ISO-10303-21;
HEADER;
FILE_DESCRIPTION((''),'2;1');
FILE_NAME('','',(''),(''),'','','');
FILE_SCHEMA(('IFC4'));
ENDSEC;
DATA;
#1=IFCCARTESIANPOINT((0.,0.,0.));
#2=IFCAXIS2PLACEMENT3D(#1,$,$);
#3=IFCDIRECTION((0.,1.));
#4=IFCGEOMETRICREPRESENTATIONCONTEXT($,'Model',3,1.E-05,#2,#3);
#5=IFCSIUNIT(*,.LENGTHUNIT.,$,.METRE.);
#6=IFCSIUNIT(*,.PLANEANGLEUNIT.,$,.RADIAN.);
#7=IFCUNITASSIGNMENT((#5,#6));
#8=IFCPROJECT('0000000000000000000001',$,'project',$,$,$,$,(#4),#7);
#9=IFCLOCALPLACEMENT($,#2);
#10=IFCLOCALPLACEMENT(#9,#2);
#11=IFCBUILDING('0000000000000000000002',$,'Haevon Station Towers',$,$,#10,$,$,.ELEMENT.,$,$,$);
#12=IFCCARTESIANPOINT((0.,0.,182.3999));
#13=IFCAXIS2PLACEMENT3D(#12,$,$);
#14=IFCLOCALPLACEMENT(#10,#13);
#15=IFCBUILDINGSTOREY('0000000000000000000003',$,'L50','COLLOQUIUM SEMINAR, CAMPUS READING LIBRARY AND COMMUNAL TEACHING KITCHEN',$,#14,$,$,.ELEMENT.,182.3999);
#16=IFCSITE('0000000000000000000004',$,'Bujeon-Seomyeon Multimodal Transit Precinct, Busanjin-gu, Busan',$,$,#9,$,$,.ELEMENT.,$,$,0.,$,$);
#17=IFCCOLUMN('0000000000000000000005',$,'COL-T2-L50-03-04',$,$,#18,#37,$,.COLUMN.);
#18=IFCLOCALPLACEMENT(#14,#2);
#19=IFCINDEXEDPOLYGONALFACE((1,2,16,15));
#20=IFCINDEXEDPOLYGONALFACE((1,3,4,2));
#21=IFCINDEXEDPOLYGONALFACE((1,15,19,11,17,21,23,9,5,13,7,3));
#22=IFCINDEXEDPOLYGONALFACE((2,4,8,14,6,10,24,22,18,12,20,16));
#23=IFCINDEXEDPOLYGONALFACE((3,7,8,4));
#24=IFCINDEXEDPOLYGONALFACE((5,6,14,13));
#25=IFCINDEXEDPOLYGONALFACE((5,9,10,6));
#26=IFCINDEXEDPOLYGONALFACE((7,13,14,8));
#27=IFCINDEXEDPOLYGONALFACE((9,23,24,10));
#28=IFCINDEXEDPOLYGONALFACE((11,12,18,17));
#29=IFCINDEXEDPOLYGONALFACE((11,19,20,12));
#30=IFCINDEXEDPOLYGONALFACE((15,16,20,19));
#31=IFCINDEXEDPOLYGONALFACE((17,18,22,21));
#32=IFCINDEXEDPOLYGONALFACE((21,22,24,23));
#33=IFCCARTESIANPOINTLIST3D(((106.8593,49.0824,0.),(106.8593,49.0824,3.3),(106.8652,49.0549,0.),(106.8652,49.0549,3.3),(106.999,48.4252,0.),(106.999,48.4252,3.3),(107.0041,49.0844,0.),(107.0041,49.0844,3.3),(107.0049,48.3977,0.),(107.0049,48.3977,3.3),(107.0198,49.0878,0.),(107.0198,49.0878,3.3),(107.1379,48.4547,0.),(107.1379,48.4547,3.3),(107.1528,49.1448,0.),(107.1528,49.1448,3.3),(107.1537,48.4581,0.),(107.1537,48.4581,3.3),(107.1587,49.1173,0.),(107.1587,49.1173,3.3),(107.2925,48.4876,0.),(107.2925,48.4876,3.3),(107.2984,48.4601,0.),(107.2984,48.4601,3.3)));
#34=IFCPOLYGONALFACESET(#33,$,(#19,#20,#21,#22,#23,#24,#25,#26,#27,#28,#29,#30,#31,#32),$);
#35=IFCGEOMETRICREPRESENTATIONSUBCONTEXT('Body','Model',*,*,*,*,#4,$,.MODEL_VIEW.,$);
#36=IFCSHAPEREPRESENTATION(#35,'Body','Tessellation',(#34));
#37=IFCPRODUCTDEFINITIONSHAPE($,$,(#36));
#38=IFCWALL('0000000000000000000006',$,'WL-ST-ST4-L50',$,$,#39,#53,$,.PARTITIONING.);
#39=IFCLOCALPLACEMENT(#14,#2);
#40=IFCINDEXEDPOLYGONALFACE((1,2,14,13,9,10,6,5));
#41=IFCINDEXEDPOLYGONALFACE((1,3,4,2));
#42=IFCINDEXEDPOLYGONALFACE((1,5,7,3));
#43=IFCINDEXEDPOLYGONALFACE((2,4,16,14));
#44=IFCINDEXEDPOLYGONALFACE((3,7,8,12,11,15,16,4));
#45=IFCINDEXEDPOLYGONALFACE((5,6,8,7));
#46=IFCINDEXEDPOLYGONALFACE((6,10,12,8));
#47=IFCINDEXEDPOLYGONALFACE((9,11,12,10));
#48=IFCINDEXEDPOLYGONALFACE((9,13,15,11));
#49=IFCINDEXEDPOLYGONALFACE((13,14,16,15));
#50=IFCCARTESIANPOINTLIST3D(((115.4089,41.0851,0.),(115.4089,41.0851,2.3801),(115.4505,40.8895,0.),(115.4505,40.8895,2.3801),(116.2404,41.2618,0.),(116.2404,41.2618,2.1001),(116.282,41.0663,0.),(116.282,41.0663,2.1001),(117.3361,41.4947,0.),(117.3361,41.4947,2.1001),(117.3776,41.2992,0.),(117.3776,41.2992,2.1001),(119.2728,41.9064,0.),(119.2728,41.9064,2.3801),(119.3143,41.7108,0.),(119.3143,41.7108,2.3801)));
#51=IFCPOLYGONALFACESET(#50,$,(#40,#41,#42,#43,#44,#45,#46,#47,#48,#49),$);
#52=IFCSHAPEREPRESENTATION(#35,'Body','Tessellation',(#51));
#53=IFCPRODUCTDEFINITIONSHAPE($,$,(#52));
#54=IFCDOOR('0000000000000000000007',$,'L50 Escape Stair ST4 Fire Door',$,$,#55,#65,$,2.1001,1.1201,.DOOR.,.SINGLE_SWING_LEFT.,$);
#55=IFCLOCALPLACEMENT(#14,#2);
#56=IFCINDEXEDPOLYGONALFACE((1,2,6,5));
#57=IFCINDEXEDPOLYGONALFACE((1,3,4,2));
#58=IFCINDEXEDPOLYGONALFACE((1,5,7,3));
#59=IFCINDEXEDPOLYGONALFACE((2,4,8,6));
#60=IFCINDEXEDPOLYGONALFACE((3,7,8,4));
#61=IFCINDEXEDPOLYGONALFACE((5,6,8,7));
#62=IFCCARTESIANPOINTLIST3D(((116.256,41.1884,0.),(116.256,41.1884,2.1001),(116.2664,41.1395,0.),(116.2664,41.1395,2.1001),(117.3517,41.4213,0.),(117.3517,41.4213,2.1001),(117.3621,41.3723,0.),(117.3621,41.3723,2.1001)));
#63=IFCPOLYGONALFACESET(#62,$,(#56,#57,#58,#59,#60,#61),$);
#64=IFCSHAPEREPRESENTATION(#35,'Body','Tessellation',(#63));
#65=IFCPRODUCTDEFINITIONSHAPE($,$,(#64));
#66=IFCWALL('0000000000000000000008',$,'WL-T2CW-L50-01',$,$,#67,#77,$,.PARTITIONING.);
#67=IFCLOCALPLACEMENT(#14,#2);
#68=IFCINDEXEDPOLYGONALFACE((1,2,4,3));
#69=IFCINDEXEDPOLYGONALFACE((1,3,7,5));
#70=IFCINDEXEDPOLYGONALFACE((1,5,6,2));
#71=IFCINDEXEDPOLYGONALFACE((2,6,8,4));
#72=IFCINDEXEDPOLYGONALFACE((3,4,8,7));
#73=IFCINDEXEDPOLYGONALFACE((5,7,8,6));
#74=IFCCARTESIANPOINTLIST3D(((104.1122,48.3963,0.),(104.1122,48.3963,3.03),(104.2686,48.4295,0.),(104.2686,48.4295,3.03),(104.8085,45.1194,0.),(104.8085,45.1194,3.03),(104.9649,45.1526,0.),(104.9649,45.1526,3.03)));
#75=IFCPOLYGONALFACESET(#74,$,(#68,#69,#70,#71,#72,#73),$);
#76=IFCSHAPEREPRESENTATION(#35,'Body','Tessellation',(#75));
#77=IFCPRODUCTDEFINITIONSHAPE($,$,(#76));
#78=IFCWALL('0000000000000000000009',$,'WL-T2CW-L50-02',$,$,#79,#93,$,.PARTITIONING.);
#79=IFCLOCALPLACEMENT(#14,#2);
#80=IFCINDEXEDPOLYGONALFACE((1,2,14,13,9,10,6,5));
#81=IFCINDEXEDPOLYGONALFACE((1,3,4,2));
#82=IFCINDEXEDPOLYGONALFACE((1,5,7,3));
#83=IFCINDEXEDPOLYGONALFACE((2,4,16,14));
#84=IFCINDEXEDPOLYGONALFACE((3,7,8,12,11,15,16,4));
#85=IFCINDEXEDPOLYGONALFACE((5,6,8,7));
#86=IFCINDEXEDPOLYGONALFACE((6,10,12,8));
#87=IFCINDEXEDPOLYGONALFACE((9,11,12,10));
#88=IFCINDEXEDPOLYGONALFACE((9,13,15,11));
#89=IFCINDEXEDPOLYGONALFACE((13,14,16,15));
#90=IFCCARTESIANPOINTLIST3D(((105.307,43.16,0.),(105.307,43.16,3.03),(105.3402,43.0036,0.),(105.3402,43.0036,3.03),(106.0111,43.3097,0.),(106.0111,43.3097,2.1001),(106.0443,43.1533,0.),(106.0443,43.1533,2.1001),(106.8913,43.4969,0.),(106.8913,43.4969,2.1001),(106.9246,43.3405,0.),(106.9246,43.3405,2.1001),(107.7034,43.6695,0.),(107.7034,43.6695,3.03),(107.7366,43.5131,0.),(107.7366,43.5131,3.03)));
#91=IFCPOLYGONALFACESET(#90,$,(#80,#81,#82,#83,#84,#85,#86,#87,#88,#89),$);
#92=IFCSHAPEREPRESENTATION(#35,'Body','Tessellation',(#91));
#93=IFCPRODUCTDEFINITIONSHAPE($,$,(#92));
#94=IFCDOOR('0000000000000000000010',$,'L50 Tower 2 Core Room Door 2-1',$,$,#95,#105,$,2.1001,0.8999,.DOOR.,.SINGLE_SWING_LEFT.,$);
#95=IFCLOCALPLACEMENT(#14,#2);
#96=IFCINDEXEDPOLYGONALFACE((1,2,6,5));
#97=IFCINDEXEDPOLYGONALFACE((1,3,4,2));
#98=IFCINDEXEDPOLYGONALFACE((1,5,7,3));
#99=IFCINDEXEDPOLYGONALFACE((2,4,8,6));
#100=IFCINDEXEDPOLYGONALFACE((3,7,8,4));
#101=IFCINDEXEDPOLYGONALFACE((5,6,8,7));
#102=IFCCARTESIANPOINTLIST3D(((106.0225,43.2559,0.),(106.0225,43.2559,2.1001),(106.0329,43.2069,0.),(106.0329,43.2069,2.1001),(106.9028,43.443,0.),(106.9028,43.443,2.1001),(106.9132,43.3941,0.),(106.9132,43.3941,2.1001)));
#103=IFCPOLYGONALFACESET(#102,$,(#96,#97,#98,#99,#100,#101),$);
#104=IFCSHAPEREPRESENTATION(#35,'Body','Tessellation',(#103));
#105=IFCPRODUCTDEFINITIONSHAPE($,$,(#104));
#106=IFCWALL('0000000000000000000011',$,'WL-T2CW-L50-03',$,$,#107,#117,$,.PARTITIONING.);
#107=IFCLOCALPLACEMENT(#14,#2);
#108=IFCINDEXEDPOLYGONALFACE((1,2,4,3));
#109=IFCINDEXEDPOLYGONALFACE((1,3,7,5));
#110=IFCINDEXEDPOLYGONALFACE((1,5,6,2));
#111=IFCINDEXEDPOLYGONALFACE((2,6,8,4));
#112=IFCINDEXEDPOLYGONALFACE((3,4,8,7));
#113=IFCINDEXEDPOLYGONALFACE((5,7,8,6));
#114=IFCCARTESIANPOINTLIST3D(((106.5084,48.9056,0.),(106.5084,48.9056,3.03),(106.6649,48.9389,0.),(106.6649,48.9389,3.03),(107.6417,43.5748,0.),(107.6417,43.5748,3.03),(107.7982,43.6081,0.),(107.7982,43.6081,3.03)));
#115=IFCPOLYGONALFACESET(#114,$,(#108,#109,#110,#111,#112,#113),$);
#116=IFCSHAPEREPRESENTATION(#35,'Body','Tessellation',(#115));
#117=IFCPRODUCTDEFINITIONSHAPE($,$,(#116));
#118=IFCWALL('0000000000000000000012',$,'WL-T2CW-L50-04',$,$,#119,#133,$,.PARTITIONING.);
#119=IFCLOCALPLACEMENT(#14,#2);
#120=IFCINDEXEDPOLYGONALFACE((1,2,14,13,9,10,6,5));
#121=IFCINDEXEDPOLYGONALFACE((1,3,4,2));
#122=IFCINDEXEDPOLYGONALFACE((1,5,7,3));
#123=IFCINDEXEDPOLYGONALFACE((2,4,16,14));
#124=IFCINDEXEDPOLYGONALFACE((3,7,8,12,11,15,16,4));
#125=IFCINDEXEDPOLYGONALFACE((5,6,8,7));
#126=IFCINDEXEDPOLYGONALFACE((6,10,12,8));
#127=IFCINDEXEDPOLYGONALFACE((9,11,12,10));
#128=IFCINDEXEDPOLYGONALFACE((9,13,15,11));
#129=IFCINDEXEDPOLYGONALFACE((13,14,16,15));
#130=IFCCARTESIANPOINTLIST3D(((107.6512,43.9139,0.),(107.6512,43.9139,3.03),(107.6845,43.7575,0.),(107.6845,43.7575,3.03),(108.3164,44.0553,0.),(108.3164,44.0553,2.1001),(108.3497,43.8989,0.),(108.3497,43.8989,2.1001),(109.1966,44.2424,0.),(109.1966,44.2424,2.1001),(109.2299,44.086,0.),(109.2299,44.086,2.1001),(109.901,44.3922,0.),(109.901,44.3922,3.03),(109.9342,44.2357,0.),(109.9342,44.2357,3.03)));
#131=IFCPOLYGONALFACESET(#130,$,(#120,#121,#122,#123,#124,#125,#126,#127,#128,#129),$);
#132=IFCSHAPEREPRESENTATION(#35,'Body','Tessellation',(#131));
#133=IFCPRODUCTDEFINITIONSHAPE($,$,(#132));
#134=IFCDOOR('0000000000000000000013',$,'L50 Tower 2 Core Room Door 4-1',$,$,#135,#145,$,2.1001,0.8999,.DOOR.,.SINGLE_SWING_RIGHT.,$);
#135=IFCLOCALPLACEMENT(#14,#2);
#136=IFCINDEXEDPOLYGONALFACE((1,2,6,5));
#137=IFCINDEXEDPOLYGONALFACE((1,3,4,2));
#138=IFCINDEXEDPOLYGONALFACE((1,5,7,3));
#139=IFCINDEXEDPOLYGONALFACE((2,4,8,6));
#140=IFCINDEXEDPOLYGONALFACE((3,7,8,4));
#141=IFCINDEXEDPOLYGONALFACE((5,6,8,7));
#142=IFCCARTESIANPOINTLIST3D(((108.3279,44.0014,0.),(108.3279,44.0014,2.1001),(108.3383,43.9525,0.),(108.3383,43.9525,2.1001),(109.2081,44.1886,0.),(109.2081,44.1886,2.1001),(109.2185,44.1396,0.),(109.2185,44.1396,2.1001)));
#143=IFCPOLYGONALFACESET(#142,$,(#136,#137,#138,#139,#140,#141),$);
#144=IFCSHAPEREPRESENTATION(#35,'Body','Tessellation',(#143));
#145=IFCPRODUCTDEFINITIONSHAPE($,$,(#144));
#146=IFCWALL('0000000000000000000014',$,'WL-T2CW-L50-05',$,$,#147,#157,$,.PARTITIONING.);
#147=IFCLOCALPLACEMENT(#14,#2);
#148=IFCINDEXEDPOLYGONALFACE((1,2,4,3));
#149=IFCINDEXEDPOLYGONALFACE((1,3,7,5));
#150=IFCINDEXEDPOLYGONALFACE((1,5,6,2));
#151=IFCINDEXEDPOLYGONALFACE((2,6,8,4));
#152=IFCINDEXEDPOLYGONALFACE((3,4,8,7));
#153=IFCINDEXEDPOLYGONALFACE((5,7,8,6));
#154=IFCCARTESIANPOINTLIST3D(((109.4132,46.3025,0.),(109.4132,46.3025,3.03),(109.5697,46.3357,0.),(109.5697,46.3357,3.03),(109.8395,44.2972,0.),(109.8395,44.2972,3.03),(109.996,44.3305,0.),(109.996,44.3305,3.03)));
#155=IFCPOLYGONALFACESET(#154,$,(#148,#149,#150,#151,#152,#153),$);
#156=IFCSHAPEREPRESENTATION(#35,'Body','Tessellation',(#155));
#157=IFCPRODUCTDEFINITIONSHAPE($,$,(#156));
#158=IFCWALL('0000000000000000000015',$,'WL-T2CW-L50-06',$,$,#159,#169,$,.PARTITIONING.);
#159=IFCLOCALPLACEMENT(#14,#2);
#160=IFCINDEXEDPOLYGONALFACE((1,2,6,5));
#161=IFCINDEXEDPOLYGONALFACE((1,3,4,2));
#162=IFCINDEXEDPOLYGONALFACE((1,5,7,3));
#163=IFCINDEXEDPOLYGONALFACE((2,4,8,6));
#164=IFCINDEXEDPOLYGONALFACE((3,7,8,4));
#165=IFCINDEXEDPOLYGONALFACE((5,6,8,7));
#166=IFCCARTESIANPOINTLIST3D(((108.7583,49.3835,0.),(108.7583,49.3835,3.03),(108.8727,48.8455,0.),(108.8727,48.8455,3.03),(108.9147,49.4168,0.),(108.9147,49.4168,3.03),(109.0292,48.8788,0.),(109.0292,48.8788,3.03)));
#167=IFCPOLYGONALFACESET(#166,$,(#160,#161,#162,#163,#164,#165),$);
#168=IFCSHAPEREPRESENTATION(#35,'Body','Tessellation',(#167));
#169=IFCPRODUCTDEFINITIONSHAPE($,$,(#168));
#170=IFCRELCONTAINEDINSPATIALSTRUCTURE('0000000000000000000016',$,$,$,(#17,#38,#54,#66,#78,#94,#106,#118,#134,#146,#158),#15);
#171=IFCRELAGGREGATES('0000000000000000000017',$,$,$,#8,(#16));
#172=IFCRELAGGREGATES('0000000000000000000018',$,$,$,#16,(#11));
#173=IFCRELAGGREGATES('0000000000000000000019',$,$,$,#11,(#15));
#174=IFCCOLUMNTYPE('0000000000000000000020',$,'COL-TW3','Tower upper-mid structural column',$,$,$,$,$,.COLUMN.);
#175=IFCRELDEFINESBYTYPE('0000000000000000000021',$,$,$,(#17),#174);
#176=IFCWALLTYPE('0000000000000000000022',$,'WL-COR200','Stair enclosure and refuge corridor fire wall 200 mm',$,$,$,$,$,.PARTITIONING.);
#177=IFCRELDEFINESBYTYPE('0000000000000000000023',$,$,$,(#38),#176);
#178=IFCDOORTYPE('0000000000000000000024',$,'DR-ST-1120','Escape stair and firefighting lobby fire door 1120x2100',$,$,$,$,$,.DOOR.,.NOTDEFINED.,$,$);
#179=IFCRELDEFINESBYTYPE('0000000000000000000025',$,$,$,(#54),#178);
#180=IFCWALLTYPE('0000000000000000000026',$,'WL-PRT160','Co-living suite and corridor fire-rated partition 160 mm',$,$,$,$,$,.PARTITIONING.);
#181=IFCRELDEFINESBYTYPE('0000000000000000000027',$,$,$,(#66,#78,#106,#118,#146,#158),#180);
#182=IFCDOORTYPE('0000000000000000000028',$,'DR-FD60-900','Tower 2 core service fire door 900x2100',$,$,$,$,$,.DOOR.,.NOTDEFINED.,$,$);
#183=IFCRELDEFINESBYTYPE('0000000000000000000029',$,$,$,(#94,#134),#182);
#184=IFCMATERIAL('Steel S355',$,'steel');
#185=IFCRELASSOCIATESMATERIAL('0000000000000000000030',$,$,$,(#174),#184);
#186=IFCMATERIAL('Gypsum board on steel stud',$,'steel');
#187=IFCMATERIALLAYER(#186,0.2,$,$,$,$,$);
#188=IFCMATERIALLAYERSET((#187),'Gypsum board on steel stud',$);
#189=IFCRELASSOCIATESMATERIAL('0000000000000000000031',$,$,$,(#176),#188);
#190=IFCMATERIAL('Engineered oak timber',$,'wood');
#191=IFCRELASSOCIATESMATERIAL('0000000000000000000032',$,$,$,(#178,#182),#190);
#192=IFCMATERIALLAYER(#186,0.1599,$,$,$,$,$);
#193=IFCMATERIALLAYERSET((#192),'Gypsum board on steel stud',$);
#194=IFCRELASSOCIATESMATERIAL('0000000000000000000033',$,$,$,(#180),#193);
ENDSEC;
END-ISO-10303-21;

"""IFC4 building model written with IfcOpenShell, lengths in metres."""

from ifc_helpers import new_model, si_unit, direction, frame, frame_2d, origin, origin_2d, place, context, subcontext, project, spatial, rectangle, i_section, extrude, material, layer, layer_set, material_profile, profile_set, type_object, element, fill, save


model = new_model("IFC4")

# Units and contexts
model_context = context("Model", 3, precision=1e-05, world=origin(), true_north=direction((0.0, 1.0)))
body_context = subcontext(model_context, "Body", "Model", "MODEL_VIEW")
ifc_project = project(units=[si_unit("LENGTHUNIT", "METRE"), si_unit("PLANEANGLEUNIT", "RADIAN")], contexts=[model_context])

# Site, building, storey
site_placement = place(None, origin())
site = spatial("IfcSite", under=ifc_project, at=site_placement, Name="Bujeon-Seomyeon Multimodal Transit Precinct, Busanjin-gu, Busan", CompositionType="ELEMENT", RefElevation=0.0)
building_placement = place(site_placement, origin())
building = spatial("IfcBuilding", under=site, at=building_placement, Name="Haevon Station Towers", CompositionType="ELEMENT")
storey_placement = place(building_placement, frame((0.0, 0.0, 182.3999)))
storey = spatial("IfcBuildingStorey", under=building, at=storey_placement, Name="L50", Description="COLLOQUIUM SEMINAR, CAMPUS READING LIBRARY AND COMMUNAL TEACHING KITCHEN", CompositionType="ELEMENT", Elevation=182.3999)

# Column
ifc_material_1 = material(Name="Steel S355", Category="steel")
ifc_material_profile = material_profile(ifc_material_1, i_section(OverallWidth=0.3, OverallDepth=0.7, WebThickness=0.0161, FlangeThickness=0.0281, at=origin_2d()), Name="H-700x300x16x28")
ifc_profile_set = profile_set([ifc_material_profile], Name="Steel S355")
column_type = type_object("IfcColumnType", Name="COL-TW3", Description="Tower upper-mid structural column", PredefinedType="COLUMN", material=ifc_profile_set)
column_placement = place(storey_placement, frame((107.0789, 48.7712, 0.0), z_axis=(0.0, 0.0, 1.0), x_axis=(0.978148, 0.207912, 0.0)))
element("IfcColumn", 1, at=column_placement, inside=storey, type_object=column_type, Name="COL-T2-L50-03-04", PredefinedType="COLUMN", context=body_context, shape_type="SweptSolid", body=[
    extrude(i_section(OverallWidth=0.3, OverallDepth=0.7, WebThickness=0.0161, FlangeThickness=0.0281, at=origin_2d()), origin(), (0.0, 0.0, 1.0), 3.3),
])

# Wall, opening, door
ifc_material_2 = material(Name="Gypsum board on steel stud", Category="steel")
ifc_layer_1 = layer(ifc_material_2, 0.2)
ifc_layer_set_1 = layer_set([ifc_layer_1], Name="Gypsum board on steel stud")
wall_type_1 = type_object("IfcWallType", Name="WL-COR200", Description="Stair enclosure and refuge corridor fire wall 200 mm", PredefinedType="PARTITIONING", material=ifc_layer_set_1)
wall_1_placement = place(storey_placement, frame((115.4297, 40.9873, 0.0), z_axis=(0.0, 0.0, 1.0), x_axis=(0.978147, 0.207916, 0.0)))
wall_1 = element("IfcWall", 2, at=wall_1_placement, inside=storey, type_object=wall_type_1, Name="WL-ST-ST4-L50", PredefinedType="PARTITIONING", context=body_context, shape_type="SweptSolid", body=[
    extrude(rectangle(XDim=3.9502, YDim=0.2, at=frame_2d((1.9751, 0.0))), origin(), (0.0, 0.0, 1.0), 2.3801),
])
opening_1_placement = place(wall_1_placement, frame((0.8501, 0.0, 0.0)))
opening_1 = element("IfcOpeningElement", 3, at=opening_1_placement, cuts=wall_1, PredefinedType="OPENING", context=body_context, shape_type="SweptSolid", body=[
    extrude(rectangle(XDim=1.1201, YDim=2.1001, at=frame_2d((0.5601, 1.05))), frame((0.0, 0.1099, 0.0), z_axis=(0.0, -1.0, 0.0), x_axis=(1.0, 0.0, 0.0)), (0.0, 0.0, 1.0), 0.22),
])
ifc_material_3 = material(Name="Engineered oak timber", Category="wood")
door_type_1 = type_object("IfcDoorType", Name="DR-ST-1120", Description="Escape stair and firefighting lobby fire door 1120x2100", OperationType="NOTDEFINED", PredefinedType="DOOR", material=ifc_material_3)
door_1_placement = place(opening_1_placement, origin())
door_1 = element("IfcDoor", 4, at=door_1_placement, inside=storey, type_object=door_type_1, Name="L50 Escape Stair ST4 Fire Door", OperationType="SINGLE_SWING_LEFT", OverallHeight=2.1001, OverallWidth=1.1201, PredefinedType="DOOR", context=body_context, shape_type="SweptSolid", body=[
    extrude(rectangle(XDim=1.1201, YDim=2.1001, at=frame_2d((0.5601, 1.05))), frame((0.0, 0.0249, 0.0), z_axis=(0.0, -1.0, 0.0), x_axis=(1.0, 0.0, 0.0)), (0.0, 0.0, 1.0), 0.05),
])
fill(opening_1, door_1)

# Wall
ifc_layer_2 = layer(ifc_material_2, 0.1599)
ifc_layer_set_2 = layer_set([ifc_layer_2], Name="Gypsum board on steel stud")
wall_type_2 = type_object("IfcWallType", Name="WL-PRT160", Description="Co-living suite and corridor fire-rated partition 160 mm", PredefinedType="PARTITIONING", material=ifc_layer_set_2)
wall_2_placement = place(storey_placement, frame((104.8867, 45.136, 0.0), z_axis=(0.0, 0.0, 1.0), x_axis=(-0.207847, 0.978161, 0.0)))
element("IfcWall", 5, at=wall_2_placement, inside=storey, type_object=wall_type_2, Name="WL-T2CW-L50-01", PredefinedType="PARTITIONING", context=body_context, shape_type="SweptSolid", body=[
    extrude(rectangle(XDim=3.3501, YDim=0.1599, at=frame_2d((1.675, 0.0))), origin(), (0.0, 0.0, 1.0), 3.03),
])

# Wall, opening, door
wall_3_placement = place(storey_placement, frame((105.3235, 43.0818, 0.0), z_axis=(0.0, 0.0, 1.0), x_axis=(0.978137, 0.207964, 0.0)))
wall_3 = element("IfcWall", 6, at=wall_3_placement, inside=storey, type_object=wall_type_2, Name="WL-T2CW-L50-02", PredefinedType="PARTITIONING", context=body_context, shape_type="SweptSolid", body=[
    extrude(rectangle(XDim=2.45, YDim=0.1599, at=frame_2d((1.2251, 0.0))), origin(), (0.0, 0.0, 1.0), 3.03),
])
opening_2_placement = place(wall_3_placement, frame((0.72, 0.0, 0.0)))
opening_2 = element("IfcOpeningElement", 7, at=opening_2_placement, cuts=wall_3, PredefinedType="OPENING", context=body_context, shape_type="SweptSolid", body=[
    extrude(rectangle(XDim=0.8999, YDim=2.1001, at=frame_2d((0.45, 1.05))), frame((0.0, 0.0898, 0.0), z_axis=(0.0, -1.0, 0.0), x_axis=(1.0, 0.0, 0.0)), (0.0, 0.0, 1.0), 0.1799),
])
door_type_2 = type_object("IfcDoorType", Name="DR-FD60-900", Description="Tower 2 core service fire door 900x2100", OperationType="NOTDEFINED", PredefinedType="DOOR", material=ifc_material_3)
door_2_placement = place(opening_2_placement, origin())
door_2 = element("IfcDoor", 8, at=door_2_placement, inside=storey, type_object=door_type_2, Name="L50 Tower 2 Core Room Door 2-1", OperationType="SINGLE_SWING_LEFT", OverallHeight=2.1001, OverallWidth=0.8999, PredefinedType="DOOR", context=body_context, shape_type="SweptSolid", body=[
    extrude(rectangle(XDim=0.8999, YDim=2.1001, at=frame_2d((0.45, 1.05))), frame((0.0, 0.0249, 0.0), z_axis=(0.0, -1.0, 0.0), x_axis=(1.0, 0.0, 0.0)), (0.0, 0.0, 1.0), 0.05),
])
fill(opening_2, door_2)

# Wall
wall_4_placement = place(storey_placement, frame((107.72, 43.5913, 0.0), z_axis=(0.0, 0.0, 1.0), x_axis=(-0.207947, 0.97814, 0.0)))
element("IfcWall", 9, at=wall_4_placement, inside=storey, type_object=wall_type_2, Name="WL-T2CW-L50-03", PredefinedType="PARTITIONING", context=body_context, shape_type="SweptSolid", body=[
    extrude(rectangle(XDim=5.45, YDim=0.1599, at=frame_2d((2.7251, 0.0))), origin(), (0.0, 0.0, 1.0), 3.03),
])

# Wall, opening, door
wall_5_placement = place(storey_placement, frame((107.668, 43.8357, 0.0), z_axis=(0.0, 0.0, 1.0), x_axis=(0.978141, 0.207941, 0.0)))
wall_5 = element("IfcWall", 10, at=wall_5_placement, inside=storey, type_object=wall_type_2, Name="WL-T2CW-L50-04", PredefinedType="PARTITIONING", context=body_context, shape_type="SweptSolid", body=[
    extrude(rectangle(XDim=2.3, YDim=0.1599, at=frame_2d((1.1499, 0.0))), origin(), (0.0, 0.0, 1.0), 3.03),
])
opening_3_placement = place(wall_5_placement, frame((0.6799, 0.0, 0.0)))
opening_3 = element("IfcOpeningElement", 11, at=opening_3_placement, cuts=wall_5, PredefinedType="OPENING", context=body_context, shape_type="SweptSolid", body=[
    extrude(rectangle(XDim=0.8999, YDim=2.1001, at=frame_2d((0.45, 1.05))), frame((0.0, 0.0898, 0.0), z_axis=(0.0, -1.0, 0.0), x_axis=(1.0, 0.0, 0.0)), (0.0, 0.0, 1.0), 0.1799),
])
door_3_placement = place(opening_3_placement, origin())
door_3 = element("IfcDoor", 12, at=door_3_placement, inside=storey, type_object=door_type_2, Name="L50 Tower 2 Core Room Door 4-1", OperationType="SINGLE_SWING_RIGHT", OverallHeight=2.1001, OverallWidth=0.8999, PredefinedType="DOOR", context=body_context, shape_type="SweptSolid", body=[
    extrude(rectangle(XDim=0.8999, YDim=2.1001, at=frame_2d((0.45, 1.05))), frame((0.0, 0.0249, 0.0), z_axis=(0.0, -1.0, 0.0), x_axis=(1.0, 0.0, 0.0)), (0.0, 0.0, 1.0), 0.05),
])
fill(opening_3, door_3)

# Walls
wall_6_placement = place(storey_placement, frame((109.9177, 44.314, 0.0), z_axis=(0.0, 0.0, 1.0), x_axis=(-0.207943, 0.978141, 0.0)))
element("IfcWall", 13, at=wall_6_placement, inside=storey, type_object=wall_type_2, Name="WL-T2CW-L50-05", PredefinedType="PARTITIONING", context=body_context, shape_type="SweptSolid", body=[
    extrude(rectangle(XDim=2.05, YDim=0.1599, at=frame_2d((1.0249, 0.0))), origin(), (0.0, 0.0, 1.0), 3.03),
])
wall_7_placement = place(storey_placement, frame((108.9509, 48.8623, 0.0), z_axis=(0.0, 0.0, 1.0), x_axis=(-0.208135, 0.9781, 0.0)))
element("IfcWall", 14, at=wall_7_placement, inside=storey, type_object=wall_type_2, Name="WL-T2CW-L50-06", PredefinedType="PARTITIONING", context=body_context, shape_type="SweptSolid", body=[
    extrude(rectangle(XDim=0.55, YDim=0.1599, at=frame_2d((0.2749, 0.0))), origin(), (0.0, 0.0, 1.0), 3.03),
])

save(model, "model.ifc")
